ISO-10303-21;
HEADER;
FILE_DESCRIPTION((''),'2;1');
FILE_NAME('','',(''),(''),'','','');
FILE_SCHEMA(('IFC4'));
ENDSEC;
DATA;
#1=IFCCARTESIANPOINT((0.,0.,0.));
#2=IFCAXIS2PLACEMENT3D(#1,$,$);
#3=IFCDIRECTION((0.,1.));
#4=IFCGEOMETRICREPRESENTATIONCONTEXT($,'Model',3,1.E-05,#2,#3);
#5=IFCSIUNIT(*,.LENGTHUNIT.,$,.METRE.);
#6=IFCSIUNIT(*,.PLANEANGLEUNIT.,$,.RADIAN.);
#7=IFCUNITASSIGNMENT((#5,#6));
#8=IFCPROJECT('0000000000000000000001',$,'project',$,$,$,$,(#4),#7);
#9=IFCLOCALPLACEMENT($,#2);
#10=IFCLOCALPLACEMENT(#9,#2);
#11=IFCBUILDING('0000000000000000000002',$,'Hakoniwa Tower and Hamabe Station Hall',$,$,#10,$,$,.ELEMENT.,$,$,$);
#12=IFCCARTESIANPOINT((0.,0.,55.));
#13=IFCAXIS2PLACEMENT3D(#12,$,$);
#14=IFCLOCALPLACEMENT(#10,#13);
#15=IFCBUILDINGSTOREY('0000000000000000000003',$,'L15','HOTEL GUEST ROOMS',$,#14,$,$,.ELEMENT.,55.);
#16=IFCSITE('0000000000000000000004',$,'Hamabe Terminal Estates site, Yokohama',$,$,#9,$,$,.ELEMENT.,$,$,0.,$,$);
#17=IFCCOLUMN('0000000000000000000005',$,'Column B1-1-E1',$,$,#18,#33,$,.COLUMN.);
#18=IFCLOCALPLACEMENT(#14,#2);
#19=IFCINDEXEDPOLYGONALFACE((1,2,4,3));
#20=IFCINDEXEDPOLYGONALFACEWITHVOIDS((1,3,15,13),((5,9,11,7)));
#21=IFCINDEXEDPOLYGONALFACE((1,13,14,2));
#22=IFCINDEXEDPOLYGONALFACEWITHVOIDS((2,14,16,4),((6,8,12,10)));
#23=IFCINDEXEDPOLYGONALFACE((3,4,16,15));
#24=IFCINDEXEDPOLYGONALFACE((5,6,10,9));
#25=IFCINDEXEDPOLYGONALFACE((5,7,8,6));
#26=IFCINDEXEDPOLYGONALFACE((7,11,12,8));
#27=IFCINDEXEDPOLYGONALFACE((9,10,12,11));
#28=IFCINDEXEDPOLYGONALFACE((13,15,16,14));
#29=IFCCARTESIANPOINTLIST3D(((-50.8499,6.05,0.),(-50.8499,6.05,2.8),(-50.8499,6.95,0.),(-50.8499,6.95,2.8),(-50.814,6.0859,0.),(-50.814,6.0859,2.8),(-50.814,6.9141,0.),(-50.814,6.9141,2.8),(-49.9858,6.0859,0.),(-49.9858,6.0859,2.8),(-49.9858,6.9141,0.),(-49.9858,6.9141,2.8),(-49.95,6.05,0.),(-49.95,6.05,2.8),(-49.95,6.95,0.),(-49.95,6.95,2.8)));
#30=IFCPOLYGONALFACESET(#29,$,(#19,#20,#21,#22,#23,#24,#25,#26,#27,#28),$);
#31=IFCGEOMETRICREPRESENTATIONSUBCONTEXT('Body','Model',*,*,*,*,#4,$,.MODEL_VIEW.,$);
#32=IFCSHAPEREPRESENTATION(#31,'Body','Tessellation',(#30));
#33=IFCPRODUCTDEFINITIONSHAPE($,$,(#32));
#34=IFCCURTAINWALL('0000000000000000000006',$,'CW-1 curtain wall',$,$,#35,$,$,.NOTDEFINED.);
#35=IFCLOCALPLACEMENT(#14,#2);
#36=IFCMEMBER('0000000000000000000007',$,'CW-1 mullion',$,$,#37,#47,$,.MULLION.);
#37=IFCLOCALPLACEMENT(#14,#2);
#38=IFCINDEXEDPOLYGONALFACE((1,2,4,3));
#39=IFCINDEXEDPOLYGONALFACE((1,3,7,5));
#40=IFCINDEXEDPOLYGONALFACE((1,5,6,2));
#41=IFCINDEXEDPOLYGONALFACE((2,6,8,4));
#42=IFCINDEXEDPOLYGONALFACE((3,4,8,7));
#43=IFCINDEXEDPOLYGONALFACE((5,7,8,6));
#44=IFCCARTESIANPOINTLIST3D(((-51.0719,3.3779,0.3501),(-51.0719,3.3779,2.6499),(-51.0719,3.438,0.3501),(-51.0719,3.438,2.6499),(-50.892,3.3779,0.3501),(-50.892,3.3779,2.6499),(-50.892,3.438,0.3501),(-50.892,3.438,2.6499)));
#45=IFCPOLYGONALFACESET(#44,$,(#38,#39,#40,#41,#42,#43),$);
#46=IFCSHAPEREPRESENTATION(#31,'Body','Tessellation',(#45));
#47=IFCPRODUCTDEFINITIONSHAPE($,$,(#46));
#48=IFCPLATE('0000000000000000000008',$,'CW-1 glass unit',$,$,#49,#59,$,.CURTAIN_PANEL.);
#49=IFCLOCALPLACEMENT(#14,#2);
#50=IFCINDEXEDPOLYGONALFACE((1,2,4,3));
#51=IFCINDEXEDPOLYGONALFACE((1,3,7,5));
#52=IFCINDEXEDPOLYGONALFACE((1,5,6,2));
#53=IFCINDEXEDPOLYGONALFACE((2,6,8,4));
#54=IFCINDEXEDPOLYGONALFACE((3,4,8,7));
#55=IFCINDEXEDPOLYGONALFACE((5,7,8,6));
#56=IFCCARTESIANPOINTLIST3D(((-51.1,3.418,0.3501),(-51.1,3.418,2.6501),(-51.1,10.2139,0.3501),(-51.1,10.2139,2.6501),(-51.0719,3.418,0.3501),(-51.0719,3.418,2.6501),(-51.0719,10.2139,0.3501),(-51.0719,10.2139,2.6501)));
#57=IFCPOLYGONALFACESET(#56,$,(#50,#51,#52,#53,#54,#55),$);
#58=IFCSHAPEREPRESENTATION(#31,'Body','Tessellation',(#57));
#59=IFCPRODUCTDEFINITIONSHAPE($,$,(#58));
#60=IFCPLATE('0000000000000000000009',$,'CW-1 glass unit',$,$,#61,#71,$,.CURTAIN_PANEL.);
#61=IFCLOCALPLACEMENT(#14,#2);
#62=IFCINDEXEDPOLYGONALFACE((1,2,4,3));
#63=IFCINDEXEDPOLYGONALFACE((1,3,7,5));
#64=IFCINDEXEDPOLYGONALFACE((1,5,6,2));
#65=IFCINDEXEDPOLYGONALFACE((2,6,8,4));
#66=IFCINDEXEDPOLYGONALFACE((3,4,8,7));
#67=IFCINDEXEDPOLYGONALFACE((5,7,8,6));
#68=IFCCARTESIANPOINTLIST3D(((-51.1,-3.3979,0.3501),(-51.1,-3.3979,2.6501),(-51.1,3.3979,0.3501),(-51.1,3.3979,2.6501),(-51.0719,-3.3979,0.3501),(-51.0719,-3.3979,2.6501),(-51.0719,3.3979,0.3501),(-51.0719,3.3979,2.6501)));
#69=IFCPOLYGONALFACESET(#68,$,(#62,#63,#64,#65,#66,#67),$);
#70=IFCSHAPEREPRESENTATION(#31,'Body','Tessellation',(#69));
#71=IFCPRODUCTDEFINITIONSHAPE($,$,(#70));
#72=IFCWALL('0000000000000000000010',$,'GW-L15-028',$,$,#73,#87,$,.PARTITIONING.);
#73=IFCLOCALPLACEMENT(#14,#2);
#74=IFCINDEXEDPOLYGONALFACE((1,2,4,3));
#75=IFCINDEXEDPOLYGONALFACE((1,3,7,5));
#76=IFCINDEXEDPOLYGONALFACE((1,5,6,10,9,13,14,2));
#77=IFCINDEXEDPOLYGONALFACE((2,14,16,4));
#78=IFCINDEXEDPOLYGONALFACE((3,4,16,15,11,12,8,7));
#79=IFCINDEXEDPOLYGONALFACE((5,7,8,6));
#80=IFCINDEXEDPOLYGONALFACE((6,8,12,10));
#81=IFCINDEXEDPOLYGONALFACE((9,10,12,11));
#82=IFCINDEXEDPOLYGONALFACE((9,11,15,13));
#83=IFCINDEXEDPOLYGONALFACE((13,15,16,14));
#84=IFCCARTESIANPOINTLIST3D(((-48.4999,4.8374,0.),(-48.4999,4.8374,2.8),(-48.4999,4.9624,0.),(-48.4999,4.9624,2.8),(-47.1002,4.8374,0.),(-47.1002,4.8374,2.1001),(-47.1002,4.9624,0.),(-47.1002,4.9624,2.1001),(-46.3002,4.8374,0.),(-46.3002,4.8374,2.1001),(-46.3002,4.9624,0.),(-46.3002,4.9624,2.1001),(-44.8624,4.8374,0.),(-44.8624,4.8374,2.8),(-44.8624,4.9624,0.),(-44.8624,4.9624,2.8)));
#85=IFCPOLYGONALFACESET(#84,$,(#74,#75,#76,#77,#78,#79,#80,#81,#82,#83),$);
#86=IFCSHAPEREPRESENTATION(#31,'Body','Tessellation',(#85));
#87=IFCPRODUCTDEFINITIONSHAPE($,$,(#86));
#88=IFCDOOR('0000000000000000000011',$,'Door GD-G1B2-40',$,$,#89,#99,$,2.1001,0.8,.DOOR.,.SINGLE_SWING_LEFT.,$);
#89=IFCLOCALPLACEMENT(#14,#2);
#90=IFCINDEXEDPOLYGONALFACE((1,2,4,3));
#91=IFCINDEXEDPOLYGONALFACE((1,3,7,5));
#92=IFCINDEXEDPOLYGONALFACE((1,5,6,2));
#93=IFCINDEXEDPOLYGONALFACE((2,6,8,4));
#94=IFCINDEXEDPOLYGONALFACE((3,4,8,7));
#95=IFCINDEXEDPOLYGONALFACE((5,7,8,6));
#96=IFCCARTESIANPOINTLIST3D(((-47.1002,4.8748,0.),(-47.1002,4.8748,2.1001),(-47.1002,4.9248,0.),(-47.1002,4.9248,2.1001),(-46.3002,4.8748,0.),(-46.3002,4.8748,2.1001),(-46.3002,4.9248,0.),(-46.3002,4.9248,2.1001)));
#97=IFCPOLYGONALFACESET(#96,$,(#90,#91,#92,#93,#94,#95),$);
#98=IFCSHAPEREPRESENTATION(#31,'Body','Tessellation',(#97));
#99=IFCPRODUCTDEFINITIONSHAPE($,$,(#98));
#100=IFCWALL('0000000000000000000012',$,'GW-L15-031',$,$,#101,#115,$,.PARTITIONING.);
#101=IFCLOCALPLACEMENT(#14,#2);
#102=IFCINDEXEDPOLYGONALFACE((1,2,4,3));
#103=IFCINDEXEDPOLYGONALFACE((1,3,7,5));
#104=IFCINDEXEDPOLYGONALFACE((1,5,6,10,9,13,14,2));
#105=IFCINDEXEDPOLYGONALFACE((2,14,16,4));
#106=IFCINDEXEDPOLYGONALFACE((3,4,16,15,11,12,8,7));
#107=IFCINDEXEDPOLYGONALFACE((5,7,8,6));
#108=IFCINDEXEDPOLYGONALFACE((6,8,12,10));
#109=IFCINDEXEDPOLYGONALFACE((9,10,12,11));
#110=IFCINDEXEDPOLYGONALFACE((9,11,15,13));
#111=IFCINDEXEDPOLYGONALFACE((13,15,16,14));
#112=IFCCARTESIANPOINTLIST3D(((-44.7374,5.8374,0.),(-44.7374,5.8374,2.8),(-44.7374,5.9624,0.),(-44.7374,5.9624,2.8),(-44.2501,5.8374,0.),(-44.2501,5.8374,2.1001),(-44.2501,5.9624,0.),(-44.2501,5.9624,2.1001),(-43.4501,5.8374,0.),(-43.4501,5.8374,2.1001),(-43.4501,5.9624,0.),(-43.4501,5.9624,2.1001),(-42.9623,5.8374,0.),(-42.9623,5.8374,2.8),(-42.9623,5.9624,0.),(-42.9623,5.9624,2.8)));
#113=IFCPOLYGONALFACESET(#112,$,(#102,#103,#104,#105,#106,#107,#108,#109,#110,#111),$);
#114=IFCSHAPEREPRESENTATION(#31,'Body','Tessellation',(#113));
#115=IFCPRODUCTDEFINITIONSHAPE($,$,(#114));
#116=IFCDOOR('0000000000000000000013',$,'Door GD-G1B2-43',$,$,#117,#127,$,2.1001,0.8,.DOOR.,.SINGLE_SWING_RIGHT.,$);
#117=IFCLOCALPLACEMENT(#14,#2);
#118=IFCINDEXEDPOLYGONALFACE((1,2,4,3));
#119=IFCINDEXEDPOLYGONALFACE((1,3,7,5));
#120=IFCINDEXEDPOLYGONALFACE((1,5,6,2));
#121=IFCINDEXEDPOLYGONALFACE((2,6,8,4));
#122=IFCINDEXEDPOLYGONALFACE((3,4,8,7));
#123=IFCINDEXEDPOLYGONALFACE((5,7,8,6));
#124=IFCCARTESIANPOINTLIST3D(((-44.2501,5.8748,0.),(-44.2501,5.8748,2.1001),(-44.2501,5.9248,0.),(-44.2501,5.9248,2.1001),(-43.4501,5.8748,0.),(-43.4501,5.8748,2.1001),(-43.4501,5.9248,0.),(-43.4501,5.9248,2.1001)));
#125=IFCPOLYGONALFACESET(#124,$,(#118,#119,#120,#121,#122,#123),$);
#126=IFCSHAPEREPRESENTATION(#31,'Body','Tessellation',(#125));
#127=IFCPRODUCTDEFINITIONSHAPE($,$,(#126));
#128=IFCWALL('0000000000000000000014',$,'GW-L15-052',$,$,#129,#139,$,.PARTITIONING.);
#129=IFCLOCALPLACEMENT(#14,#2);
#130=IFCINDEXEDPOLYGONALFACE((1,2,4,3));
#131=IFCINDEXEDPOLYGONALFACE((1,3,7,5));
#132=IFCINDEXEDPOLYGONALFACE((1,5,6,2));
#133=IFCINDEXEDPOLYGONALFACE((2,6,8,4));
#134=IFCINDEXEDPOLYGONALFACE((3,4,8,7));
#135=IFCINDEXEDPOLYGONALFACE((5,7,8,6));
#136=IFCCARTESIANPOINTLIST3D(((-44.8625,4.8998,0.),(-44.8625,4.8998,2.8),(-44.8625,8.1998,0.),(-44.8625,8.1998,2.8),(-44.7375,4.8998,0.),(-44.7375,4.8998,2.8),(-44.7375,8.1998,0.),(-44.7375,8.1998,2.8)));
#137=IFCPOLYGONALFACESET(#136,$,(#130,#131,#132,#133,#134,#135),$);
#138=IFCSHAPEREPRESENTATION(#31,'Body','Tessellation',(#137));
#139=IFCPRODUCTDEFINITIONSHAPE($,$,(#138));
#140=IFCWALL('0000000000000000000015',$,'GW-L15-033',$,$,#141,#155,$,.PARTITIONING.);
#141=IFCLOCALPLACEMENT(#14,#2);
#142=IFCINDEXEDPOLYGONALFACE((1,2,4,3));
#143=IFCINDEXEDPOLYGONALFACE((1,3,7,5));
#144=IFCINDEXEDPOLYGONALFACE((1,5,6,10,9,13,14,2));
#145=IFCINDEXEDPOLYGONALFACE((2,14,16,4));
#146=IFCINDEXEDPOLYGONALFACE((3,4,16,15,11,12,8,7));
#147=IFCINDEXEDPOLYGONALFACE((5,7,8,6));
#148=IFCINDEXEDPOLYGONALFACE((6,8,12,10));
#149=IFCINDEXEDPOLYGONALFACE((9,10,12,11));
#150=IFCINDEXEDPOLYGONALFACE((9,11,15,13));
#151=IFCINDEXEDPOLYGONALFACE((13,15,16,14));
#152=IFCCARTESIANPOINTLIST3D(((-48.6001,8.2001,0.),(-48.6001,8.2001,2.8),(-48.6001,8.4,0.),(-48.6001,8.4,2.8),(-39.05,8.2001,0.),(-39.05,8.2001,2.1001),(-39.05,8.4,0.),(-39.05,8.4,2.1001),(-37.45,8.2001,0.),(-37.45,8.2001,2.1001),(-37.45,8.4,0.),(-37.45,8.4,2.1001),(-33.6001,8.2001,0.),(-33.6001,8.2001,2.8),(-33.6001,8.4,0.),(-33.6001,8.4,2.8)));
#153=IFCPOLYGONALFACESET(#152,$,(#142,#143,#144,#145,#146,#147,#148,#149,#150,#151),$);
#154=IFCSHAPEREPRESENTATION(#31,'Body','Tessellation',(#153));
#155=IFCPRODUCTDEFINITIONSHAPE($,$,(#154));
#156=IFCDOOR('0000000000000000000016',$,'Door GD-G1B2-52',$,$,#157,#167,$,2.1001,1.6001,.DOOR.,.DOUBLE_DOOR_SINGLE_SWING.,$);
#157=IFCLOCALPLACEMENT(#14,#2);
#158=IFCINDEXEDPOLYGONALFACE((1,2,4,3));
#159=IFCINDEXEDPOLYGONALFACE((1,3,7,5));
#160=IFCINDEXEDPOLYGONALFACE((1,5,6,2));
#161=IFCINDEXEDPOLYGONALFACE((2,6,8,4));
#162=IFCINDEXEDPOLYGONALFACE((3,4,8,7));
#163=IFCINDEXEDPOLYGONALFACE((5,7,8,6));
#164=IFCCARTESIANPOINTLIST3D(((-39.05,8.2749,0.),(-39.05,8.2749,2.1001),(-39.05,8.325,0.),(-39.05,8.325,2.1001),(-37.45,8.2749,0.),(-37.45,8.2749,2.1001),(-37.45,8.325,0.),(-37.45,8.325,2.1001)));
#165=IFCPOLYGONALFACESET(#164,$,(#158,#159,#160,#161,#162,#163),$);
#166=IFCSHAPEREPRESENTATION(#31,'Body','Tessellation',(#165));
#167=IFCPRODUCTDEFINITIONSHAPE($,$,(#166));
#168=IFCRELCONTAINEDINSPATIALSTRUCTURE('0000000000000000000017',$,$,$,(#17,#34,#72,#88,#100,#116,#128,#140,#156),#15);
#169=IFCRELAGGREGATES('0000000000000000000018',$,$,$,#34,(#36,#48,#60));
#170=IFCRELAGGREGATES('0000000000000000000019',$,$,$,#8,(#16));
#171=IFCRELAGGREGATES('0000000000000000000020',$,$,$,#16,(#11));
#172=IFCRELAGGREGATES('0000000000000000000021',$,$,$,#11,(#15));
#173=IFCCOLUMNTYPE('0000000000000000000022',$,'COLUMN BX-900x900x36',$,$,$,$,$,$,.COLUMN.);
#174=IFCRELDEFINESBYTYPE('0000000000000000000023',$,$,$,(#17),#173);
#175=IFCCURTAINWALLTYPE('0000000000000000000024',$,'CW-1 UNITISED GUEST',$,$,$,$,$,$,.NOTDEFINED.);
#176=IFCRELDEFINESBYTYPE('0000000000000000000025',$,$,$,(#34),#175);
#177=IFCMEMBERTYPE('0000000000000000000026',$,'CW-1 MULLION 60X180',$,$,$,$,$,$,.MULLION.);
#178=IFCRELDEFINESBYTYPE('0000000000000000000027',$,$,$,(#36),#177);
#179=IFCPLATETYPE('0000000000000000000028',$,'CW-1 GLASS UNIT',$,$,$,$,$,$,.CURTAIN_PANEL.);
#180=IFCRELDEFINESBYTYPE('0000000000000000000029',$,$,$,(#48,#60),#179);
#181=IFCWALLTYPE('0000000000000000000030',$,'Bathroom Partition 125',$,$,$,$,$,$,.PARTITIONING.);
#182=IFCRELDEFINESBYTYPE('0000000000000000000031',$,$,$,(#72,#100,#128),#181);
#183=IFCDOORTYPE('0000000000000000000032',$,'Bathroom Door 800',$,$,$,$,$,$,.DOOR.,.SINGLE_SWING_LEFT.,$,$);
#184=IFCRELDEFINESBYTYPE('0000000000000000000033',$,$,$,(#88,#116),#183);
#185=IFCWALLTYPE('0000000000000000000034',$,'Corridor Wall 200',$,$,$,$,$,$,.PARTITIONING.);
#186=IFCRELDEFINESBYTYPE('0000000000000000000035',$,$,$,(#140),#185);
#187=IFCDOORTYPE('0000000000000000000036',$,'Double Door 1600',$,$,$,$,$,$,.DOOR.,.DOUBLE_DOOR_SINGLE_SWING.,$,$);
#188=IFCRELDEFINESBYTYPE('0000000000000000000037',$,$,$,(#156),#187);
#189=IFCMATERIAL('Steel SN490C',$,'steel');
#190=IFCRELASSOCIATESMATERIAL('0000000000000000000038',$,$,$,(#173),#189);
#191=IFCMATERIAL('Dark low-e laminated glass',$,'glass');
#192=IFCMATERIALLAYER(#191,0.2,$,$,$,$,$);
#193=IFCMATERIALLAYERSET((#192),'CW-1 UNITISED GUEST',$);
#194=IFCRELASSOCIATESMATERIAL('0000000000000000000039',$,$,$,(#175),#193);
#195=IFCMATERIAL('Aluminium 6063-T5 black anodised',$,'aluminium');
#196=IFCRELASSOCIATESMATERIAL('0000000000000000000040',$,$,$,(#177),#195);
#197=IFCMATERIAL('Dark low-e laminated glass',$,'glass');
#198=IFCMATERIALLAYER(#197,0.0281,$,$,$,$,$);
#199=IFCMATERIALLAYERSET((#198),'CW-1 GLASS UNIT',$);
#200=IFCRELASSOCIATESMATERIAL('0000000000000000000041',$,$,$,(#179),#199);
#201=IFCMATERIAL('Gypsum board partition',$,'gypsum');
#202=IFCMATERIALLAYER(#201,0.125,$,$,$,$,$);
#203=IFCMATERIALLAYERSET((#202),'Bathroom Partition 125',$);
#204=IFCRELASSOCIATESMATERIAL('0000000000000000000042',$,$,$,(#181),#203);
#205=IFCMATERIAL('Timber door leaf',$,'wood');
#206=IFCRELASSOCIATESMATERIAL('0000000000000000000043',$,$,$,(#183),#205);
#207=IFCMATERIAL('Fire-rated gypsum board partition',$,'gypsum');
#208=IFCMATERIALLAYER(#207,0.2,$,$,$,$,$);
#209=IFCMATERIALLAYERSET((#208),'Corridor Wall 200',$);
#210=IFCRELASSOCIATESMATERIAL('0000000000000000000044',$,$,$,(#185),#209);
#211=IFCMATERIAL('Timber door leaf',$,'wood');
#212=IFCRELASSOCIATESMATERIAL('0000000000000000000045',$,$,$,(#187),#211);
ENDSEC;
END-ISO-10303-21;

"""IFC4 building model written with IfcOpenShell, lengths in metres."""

from ifc_helpers import new_model, si_unit, direction, frame, frame_2d, origin, origin_2d, place, context, subcontext, project, spatial, rectangle, hollow_rectangle, extrude, material, layer, layer_set, material_profile, profile_set, type_object, element, fill, aggregate, save


model = new_model("IFC4")

# Units and contexts
model_context = context("Model", 3, precision=1e-05, world=origin(), true_north=direction((0.0, 1.0)))
body_context = subcontext(model_context, "Body", "Model", "MODEL_VIEW")
ifc_project = project(units=[si_unit("LENGTHUNIT", "METRE"), si_unit("PLANEANGLEUNIT", "RADIAN")], contexts=[model_context])

# Site, building, storey
site_placement = place(None, origin())
site = spatial("IfcSite", under=ifc_project, at=site_placement, Name="Hamabe Terminal Estates site, Yokohama", CompositionType="ELEMENT", RefElevation=0.0)
building_placement = place(site_placement, origin())
building = spatial("IfcBuilding", under=site, at=building_placement, Name="Hakoniwa Tower and Hamabe Station Hall", CompositionType="ELEMENT")
storey_placement = place(building_placement, frame((0.0, 0.0, 55.0)))
storey = spatial("IfcBuildingStorey", under=building, at=storey_placement, Name="L15", Description="HOTEL GUEST ROOMS", CompositionType="ELEMENT", Elevation=55.0)

# Column
ifc_material_1 = material(Name="Steel SN490C", Category="steel")
ifc_material_profile_1 = material_profile(ifc_material_1, hollow_rectangle(XDim=0.8999, YDim=0.8999, WallThickness=0.0359, at=origin_2d()), Name="BX-900x900x36")
ifc_profile_set_1 = profile_set([ifc_material_profile_1], Name="Steel SN490C")
column_type = type_object("IfcColumnType", Name="COLUMN BX-900x900x36", PredefinedType="COLUMN", material=ifc_profile_set_1)
column_placement = place(storey_placement, frame((-50.3999, 6.5, 0.0), z_axis=(0.0, 0.0, 1.0), x_axis=(1.0, 0.0, 0.0)))
element("IfcColumn", 1, at=column_placement, inside=storey, type_object=column_type, Name="Column B1-1-E1", PredefinedType="COLUMN", context=body_context, shape_type="SweptSolid", body=[
    extrude(hollow_rectangle(XDim=0.8999, YDim=0.8999, WallThickness=0.0359, at=origin_2d()), origin(), (0.0, 0.0, 1.0), 2.8),
])

# Curtain wall, member, plates
ifc_material_2 = material(Name="Dark low-e laminated glass", Category="glass")
ifc_layer_1 = layer(ifc_material_2, 0.2)
ifc_layer_set_1 = layer_set([ifc_layer_1], Name="CW-1 UNITISED GUEST")
curtain_wall_type = type_object("IfcCurtainWallType", Name="CW-1 UNITISED GUEST", PredefinedType="NOTDEFINED", material=ifc_layer_set_1)
curtain_wall_placement = place(storey_placement, origin())
curtain_wall = element("IfcCurtainWall", 2, at=curtain_wall_placement, inside=storey, type_object=curtain_wall_type, Name="CW-1 curtain wall", PredefinedType="NOTDEFINED")
ifc_material_3 = material(Name="Aluminium 6063-T5 black anodised", Category="aluminium")
ifc_material_profile_2 = material_profile(ifc_material_3, rectangle(XDim=0.0601, YDim=0.1799, at=origin_2d()), Name="CW-1 MULLION 60X180")
ifc_profile_set_2 = profile_set([ifc_material_profile_2], Name="Aluminium 6063-T5 black anodised")
member_type = type_object("IfcMemberType", Name="CW-1 MULLION 60X180", PredefinedType="MULLION", material=ifc_profile_set_2)
member_placement = place(storey_placement, frame((-50.9819, 3.408, 0.3501), z_axis=(0.0, 0.0, 1.0), x_axis=(0.0, -1.0, 0.0)))
member = element("IfcMember", 3, at=member_placement, type_object=member_type, Name="CW-1 mullion", PredefinedType="MULLION", context=body_context, shape_type="SweptSolid", body=[
    extrude(rectangle(XDim=0.0601, YDim=0.1799, at=origin_2d()), origin(), (0.0, 0.0, 1.0), 2.2998),
])
ifc_material_4 = material(Name="Dark low-e laminated glass", Category="glass")
ifc_layer_2 = layer(ifc_material_4, 0.0281)
ifc_layer_set_2 = layer_set([ifc_layer_2], Name="CW-1 GLASS UNIT")
plate_type = type_object("IfcPlateType", Name="CW-1 GLASS UNIT", PredefinedType="CURTAIN_PANEL", material=ifc_layer_set_2)
plate_1_placement = place(storey_placement, frame((-51.0859, 6.8159, 0.3501), z_axis=(0.0, 0.0, 1.0), x_axis=(0.0, -1.0, 0.0)))
plate_1 = element("IfcPlate", 4, at=plate_1_placement, type_object=plate_type, Name="CW-1 glass unit", PredefinedType="CURTAIN_PANEL", context=body_context, shape_type="SweptSolid", body=[
    extrude(rectangle(XDim=6.7959, YDim=0.0281, at=origin_2d()), origin(), (0.0, 0.0, 1.0), 2.3),
])
plate_2_placement = place(storey_placement, frame((-51.0859, 0.0, 0.3501), z_axis=(0.0, 0.0, 1.0), x_axis=(0.0, -1.0, 0.0)))
plate_2 = element("IfcPlate", 5, at=plate_2_placement, type_object=plate_type, Name="CW-1 glass unit", PredefinedType="CURTAIN_PANEL", context=body_context, shape_type="SweptSolid", body=[
    extrude(rectangle(XDim=6.7959, YDim=0.0281, at=origin_2d()), origin(), (0.0, 0.0, 1.0), 2.3),
])
aggregate(curtain_wall, [member, plate_1, plate_2])

# Walls, openings, doors
ifc_material_5 = material(Name="Gypsum board partition", Category="gypsum")
ifc_layer_3 = layer(ifc_material_5, 0.125)
ifc_layer_set_3 = layer_set([ifc_layer_3], Name="Bathroom Partition 125")
wall_type_1 = type_object("IfcWallType", Name="Bathroom Partition 125", PredefinedType="PARTITIONING", material=ifc_layer_set_3)
wall_1_placement = place(storey_placement, frame((-48.5, 4.8999, 0.0), z_axis=(0.0, 0.0, 1.0), x_axis=(1.0, 0.0, 0.0)))
wall_1 = element("IfcWall", 6, at=wall_1_placement, inside=storey, type_object=wall_type_1, Name="GW-L15-028", PredefinedType="PARTITIONING", context=body_context, shape_type="SweptSolid", body=[
    extrude(rectangle(XDim=3.6375, YDim=0.125, at=frame_2d((1.8188, 0.0))), origin(), (0.0, 0.0, 1.0), 2.8),
])
opening_1_placement = place(wall_1_placement, frame((1.3999, 0.0, 0.0)))
opening_1 = element("IfcOpeningElement", 7, at=opening_1_placement, cuts=wall_1, PredefinedType="OPENING", context=body_context, shape_type="SweptSolid", body=[
    extrude(rectangle(XDim=0.8, YDim=2.1001, at=frame_2d((0.3999, 1.05))), frame((0.0, 0.0725, 0.0), z_axis=(0.0, -1.0, 0.0), x_axis=(1.0, 0.0, 0.0)), (0.0, 0.0, 1.0), 0.145),
])
ifc_material_6 = material(Name="Timber door leaf", Category="wood")
door_type_1 = type_object("IfcDoorType", Name="Bathroom Door 800", OperationType="SINGLE_SWING_LEFT", PredefinedType="DOOR", material=ifc_material_6)
door_1_placement = place(opening_1_placement, origin())
door_1 = element("IfcDoor", 8, at=door_1_placement, inside=storey, type_object=door_type_1, Name="Door GD-G1B2-40", OperationType="SINGLE_SWING_LEFT", OverallHeight=2.1001, OverallWidth=0.8, PredefinedType="DOOR", context=body_context, shape_type="SweptSolid", body=[
    extrude(rectangle(XDim=0.8, YDim=2.1001, at=frame_2d((0.3999, 1.05))), frame((0.0, 0.0249, 0.0), z_axis=(0.0, -1.0, 0.0), x_axis=(1.0, 0.0, 0.0)), (0.0, 0.0, 1.0), 0.05),
])
fill(opening_1, door_1)
wall_2_placement = place(storey_placement, frame((-44.7375, 5.8999, 0.0), z_axis=(0.0, 0.0, 1.0), x_axis=(1.0, 0.0, 0.0)))
wall_2 = element("IfcWall", 9, at=wall_2_placement, inside=storey, type_object=wall_type_1, Name="GW-L15-031", PredefinedType="PARTITIONING", context=body_context, shape_type="SweptSolid", body=[
    extrude(rectangle(XDim=1.7751, YDim=0.125, at=frame_2d((0.8877, 0.0))), origin(), (0.0, 0.0, 1.0), 2.8),
])
opening_2_placement = place(wall_2_placement, frame((0.4875, 0.0, 0.0)))
opening_2 = element("IfcOpeningElement", 10, at=opening_2_placement, cuts=wall_2, PredefinedType="OPENING", context=body_context, shape_type="SweptSolid", body=[
    extrude(rectangle(XDim=0.8, YDim=2.1001, at=frame_2d((0.3999, 1.05))), frame((0.0, 0.0725, 0.0), z_axis=(0.0, -1.0, 0.0), x_axis=(1.0, 0.0, 0.0)), (0.0, 0.0, 1.0), 0.145),
])
door_2_placement = place(opening_2_placement, origin())
door_2 = element("IfcDoor", 11, at=door_2_placement, inside=storey, type_object=door_type_1, Name="Door GD-G1B2-43", OperationType="SINGLE_SWING_RIGHT", OverallHeight=2.1001, OverallWidth=0.8, PredefinedType="DOOR", context=body_context, shape_type="SweptSolid", body=[
    extrude(rectangle(XDim=0.8, YDim=2.1001, at=frame_2d((0.3999, 1.05))), frame((0.0, 0.0249, 0.0), z_axis=(0.0, -1.0, 0.0), x_axis=(1.0, 0.0, 0.0)), (0.0, 0.0, 1.0), 0.05),
])
fill(opening_2, door_2)

# Wall
wall_3_placement = place(storey_placement, frame((-44.8, 4.8999, 0.0), z_axis=(0.0, 0.0, 1.0), x_axis=(0.0, 1.0, 0.0)))
element("IfcWall", 12, at=wall_3_placement, inside=storey, type_object=wall_type_1, Name="GW-L15-052", PredefinedType="PARTITIONING", context=body_context, shape_type="SweptSolid", body=[
    extrude(rectangle(XDim=3.3, YDim=0.125, at=frame_2d((1.6499, 0.0))), origin(), (0.0, 0.0, 1.0), 2.8),
])

# Wall, opening, door
ifc_material_7 = material(Name="Fire-rated gypsum board partition", Category="gypsum")
ifc_layer_4 = layer(ifc_material_7, 0.2)
ifc_layer_set_4 = layer_set([ifc_layer_4], Name="Corridor Wall 200")
wall_type_2 = type_object("IfcWallType", Name="Corridor Wall 200", PredefinedType="PARTITIONING", material=ifc_layer_set_4)
wall_4_placement = place(storey_placement, frame((-48.6001, 8.3, 0.0), z_axis=(0.0, 0.0, 1.0), x_axis=(1.0, 0.0, 0.0)))
wall_4 = element("IfcWall", 13, at=wall_4_placement, inside=storey, type_object=wall_type_2, Name="GW-L15-033", PredefinedType="PARTITIONING", context=body_context, shape_type="SweptSolid", body=[
    extrude(rectangle(XDim=15.0, YDim=0.2, at=frame_2d((7.5, 0.0))), origin(), (0.0, 0.0, 1.0), 2.8),
])
opening_3_placement = place(wall_4_placement, frame((9.55, 0.0, 0.0)))
opening_3 = element("IfcOpeningElement", 14, at=opening_3_placement, cuts=wall_4, PredefinedType="OPENING", context=body_context, shape_type="SweptSolid", body=[
    extrude(rectangle(XDim=1.6001, YDim=2.1001, at=frame_2d((0.8, 1.05))), frame((0.0, 0.1099, 0.0), z_axis=(0.0, -1.0, 0.0), x_axis=(1.0, 0.0, 0.0)), (0.0, 0.0, 1.0), 0.22),
])
ifc_material_8 = material(Name="Timber door leaf", Category="wood")
door_type_2 = type_object("IfcDoorType", Name="Double Door 1600", OperationType="DOUBLE_DOOR_SINGLE_SWING", PredefinedType="DOOR", material=ifc_material_8)
door_3_placement = place(opening_3_placement, origin())
door_3 = element("IfcDoor", 15, at=door_3_placement, inside=storey, type_object=door_type_2, Name="Door GD-G1B2-52", OperationType="DOUBLE_DOOR_SINGLE_SWING", OverallHeight=2.1001, OverallWidth=1.6001, PredefinedType="DOOR", context=body_context, shape_type="SweptSolid", body=[
    extrude(rectangle(XDim=1.6001, YDim=2.1001, at=frame_2d((0.8, 1.05))), frame((0.0, 0.0249, 0.0), z_axis=(0.0, -1.0, 0.0), x_axis=(1.0, 0.0, 0.0)), (0.0, 0.0, 1.0), 0.05),
])
fill(opening_3, door_3)

save(model, "model.ifc")
